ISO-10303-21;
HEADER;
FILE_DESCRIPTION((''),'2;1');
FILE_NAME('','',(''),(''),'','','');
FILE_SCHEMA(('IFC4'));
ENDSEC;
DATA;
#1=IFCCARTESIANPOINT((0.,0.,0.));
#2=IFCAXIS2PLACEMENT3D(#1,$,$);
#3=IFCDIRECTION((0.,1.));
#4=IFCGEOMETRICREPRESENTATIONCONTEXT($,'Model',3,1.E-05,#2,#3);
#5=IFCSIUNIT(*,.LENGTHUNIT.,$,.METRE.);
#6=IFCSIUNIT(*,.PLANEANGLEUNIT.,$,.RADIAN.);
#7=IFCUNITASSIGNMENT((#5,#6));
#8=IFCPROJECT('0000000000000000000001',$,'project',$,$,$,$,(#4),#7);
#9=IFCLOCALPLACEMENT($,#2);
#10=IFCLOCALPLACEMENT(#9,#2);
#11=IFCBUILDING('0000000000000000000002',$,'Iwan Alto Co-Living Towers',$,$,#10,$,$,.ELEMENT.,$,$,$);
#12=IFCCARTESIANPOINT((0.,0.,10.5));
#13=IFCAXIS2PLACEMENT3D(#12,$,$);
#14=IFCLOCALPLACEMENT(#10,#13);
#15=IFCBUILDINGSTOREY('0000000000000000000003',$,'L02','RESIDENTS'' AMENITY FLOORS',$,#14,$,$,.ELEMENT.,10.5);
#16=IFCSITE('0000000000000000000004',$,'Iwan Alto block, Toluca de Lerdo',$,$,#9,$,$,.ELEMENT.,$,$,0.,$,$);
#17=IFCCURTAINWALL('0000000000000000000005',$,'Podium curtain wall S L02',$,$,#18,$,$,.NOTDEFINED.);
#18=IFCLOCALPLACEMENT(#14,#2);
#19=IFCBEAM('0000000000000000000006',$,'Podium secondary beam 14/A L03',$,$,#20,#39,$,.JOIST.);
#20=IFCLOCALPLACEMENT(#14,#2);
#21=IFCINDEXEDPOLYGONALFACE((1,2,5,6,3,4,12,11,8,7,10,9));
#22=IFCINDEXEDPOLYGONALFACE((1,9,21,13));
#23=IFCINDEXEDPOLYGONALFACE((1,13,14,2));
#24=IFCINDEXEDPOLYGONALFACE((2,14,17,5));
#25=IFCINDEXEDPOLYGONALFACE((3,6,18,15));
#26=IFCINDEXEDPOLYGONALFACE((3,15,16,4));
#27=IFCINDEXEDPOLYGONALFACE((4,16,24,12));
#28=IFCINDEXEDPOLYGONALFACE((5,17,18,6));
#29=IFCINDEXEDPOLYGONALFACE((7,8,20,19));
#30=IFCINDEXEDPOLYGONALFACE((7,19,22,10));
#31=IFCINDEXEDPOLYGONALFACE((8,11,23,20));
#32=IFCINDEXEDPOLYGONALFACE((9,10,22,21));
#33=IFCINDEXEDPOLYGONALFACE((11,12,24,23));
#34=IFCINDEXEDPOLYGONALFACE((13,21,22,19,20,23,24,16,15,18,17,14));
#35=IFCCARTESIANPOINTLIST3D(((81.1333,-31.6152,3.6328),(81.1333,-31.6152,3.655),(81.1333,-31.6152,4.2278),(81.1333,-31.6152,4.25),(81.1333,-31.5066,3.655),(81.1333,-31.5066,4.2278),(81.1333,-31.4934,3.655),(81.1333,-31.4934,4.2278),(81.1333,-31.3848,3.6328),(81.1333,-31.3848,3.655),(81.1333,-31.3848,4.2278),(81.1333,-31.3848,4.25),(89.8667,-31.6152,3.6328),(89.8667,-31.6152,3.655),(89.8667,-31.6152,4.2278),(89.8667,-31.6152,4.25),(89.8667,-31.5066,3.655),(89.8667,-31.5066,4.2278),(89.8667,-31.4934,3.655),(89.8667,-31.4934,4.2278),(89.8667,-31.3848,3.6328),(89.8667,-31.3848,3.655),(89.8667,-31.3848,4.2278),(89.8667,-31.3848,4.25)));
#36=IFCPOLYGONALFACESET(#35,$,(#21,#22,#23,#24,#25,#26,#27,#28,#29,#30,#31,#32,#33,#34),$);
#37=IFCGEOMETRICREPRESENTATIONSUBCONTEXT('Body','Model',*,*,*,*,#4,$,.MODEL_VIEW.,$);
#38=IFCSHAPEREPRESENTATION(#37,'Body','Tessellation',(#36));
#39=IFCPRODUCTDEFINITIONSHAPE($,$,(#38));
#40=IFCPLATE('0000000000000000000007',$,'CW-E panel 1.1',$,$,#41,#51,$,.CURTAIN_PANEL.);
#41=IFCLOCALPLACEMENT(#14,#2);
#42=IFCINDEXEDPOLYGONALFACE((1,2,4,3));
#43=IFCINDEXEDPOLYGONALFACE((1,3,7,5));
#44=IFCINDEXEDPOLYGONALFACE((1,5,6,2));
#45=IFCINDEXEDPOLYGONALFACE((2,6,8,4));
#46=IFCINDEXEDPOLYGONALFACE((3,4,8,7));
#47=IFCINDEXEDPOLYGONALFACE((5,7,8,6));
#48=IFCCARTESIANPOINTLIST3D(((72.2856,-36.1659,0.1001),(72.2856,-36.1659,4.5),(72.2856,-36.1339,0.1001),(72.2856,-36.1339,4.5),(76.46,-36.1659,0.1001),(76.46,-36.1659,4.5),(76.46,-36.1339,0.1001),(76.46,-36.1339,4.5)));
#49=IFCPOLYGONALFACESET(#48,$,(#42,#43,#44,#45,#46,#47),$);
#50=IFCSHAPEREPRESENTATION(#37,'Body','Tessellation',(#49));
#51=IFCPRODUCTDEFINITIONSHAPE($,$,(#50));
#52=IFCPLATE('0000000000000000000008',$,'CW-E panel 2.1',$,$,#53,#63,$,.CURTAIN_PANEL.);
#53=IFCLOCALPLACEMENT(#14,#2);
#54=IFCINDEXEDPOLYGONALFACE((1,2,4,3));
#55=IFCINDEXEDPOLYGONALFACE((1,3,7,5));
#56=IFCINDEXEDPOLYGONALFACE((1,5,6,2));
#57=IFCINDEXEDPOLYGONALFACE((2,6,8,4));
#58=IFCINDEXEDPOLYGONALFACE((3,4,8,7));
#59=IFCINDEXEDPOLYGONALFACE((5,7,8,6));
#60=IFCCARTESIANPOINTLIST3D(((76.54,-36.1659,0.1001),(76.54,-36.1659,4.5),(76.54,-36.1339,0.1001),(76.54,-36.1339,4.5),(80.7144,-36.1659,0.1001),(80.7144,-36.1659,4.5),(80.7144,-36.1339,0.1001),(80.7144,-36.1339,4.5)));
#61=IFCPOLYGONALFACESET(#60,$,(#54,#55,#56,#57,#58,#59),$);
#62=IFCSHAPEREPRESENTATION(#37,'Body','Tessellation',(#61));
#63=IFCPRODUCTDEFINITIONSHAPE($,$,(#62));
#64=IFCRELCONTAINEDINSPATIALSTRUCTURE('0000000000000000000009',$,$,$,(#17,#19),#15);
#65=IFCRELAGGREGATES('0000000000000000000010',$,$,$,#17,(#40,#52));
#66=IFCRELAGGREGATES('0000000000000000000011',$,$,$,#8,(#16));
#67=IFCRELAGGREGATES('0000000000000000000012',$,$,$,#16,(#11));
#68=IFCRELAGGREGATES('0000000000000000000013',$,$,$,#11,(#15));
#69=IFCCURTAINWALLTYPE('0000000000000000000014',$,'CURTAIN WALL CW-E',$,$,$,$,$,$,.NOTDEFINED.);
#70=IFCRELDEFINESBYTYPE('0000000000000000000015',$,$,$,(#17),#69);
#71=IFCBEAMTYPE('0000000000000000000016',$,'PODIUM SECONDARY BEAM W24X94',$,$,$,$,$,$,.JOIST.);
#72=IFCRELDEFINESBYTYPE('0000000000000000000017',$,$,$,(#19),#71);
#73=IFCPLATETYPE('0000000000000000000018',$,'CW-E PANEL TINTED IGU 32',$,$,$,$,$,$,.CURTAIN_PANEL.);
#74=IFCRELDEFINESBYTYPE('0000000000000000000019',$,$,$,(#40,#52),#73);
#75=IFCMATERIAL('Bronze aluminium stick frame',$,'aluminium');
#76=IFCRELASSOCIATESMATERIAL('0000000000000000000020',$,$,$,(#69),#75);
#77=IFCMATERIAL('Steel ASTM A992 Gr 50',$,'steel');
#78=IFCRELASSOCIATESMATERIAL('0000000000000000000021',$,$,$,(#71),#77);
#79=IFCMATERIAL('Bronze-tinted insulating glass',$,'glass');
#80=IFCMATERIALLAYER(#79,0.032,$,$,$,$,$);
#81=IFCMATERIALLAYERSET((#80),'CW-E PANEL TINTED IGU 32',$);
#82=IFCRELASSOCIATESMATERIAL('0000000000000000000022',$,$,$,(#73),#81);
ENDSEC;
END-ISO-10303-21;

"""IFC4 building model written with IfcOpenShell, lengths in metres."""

from ifc_helpers import new_model, si_unit, direction, frame, origin, origin_2d, place, context, subcontext, project, spatial, rectangle, i_section, extrude, material, layer, layer_set, material_profile, profile_set, type_object, element, aggregate, save


model = new_model("IFC4")

# Units and contexts
model_context = context("Model", 3, precision=1e-05, world=origin(), true_north=direction((0.0, 1.0)))
body_context = subcontext(model_context, "Body", "Model", "MODEL_VIEW")
ifc_project = project(units=[si_unit("LENGTHUNIT", "METRE"), si_unit("PLANEANGLEUNIT", "RADIAN")], contexts=[model_context])

# Site, building, storey
site_placement = place(None, origin())
site = spatial("IfcSite", under=ifc_project, at=site_placement, Name="Iwan Alto block, Toluca de Lerdo", CompositionType="ELEMENT", RefElevation=0.0)
building_placement = place(site_placement, origin())
building = spatial("IfcBuilding", under=site, at=building_placement, Name="Iwan Alto Co-Living Towers", CompositionType="ELEMENT")
storey_placement = place(building_placement, frame((0.0, 0.0, 10.5)))
storey = spatial("IfcBuildingStorey", under=building, at=storey_placement, Name="L02", Description="RESIDENTS' AMENITY FLOORS", CompositionType="ELEMENT", Elevation=10.5)

# Curtain wall
ifc_material_1 = material(Name="Bronze aluminium stick frame", Category="aluminium")
curtain_wall_type = type_object("IfcCurtainWallType", Name="CURTAIN WALL CW-E", PredefinedType="NOTDEFINED", material=ifc_material_1)
curtain_wall_placement = place(storey_placement, origin())
curtain_wall = element("IfcCurtainWall", 1, at=curtain_wall_placement, inside=storey, type_object=curtain_wall_type, Name="Podium curtain wall S L02", PredefinedType="NOTDEFINED")

# Beam
ifc_material_2 = material(Name="Steel ASTM A992 Gr 50", Category="steel")
ifc_material_profile_1 = material_profile(ifc_material_2, i_section(OverallWidth=0.2305, OverallDepth=0.6172, WebThickness=0.0132, FlangeThickness=0.0222, at=origin_2d()), Name="W24X94")
ifc_profile_set_1 = profile_set([ifc_material_profile_1], Name="Steel ASTM A992 Gr 50")
beam_type_1 = type_object("IfcBeamType", Name="PODIUM SECONDARY BEAM W24X94", PredefinedType="JOIST", material=ifc_profile_set_1)
beam_placement = place(storey_placement, frame((81.1333, -31.5, 3.9414), z_axis=(1.0, 0.0, 0.0), x_axis=(0.0, 1.0, 0.0)))
element("IfcBeam", 2, at=beam_placement, inside=storey, type_object=beam_type_1, Name="Podium secondary beam 14/A L03", PredefinedType="JOIST", context=body_context, shape_type="SweptSolid", body=[
    extrude(i_section(OverallWidth=0.2305, OverallDepth=0.6172, WebThickness=0.0132, FlangeThickness=0.0222, at=origin_2d()), origin(), (0.0, 0.0, 1.0), 8.7334),
])

# Plates
ifc_material_3 = material(Name="Bronze-tinted insulating glass", Category="glass")
ifc_layer = layer(ifc_material_3, 0.032)
ifc_layer_set = layer_set([ifc_layer], Name="CW-E PANEL TINTED IGU 32")
plate_type = type_object("IfcPlateType", Name="CW-E PANEL TINTED IGU 32", PredefinedType="CURTAIN_PANEL", material=ifc_layer_set)
plate_1_placement = place(storey_placement, frame((74.3728, -36.1499, 0.1001), z_axis=(0.0, 0.0, 1.0), x_axis=(1.0, 0.0, 0.0)))
plate_1 = element("IfcPlate", 3, at=plate_1_placement, type_object=plate_type, Name="CW-E panel 1.1", PredefinedType="CURTAIN_PANEL", context=body_context, shape_type="SweptSolid", body=[
    extrude(rectangle(XDim=4.1743, YDim=0.032, at=origin_2d()), origin(), (0.0, 0.0, 1.0), 4.3999),
])
plate_2_placement = place(storey_placement, frame((78.6272, -36.1499, 0.1001), z_axis=(0.0, 0.0, 1.0), x_axis=(1.0, 0.0, 0.0)))
plate_2 = element("IfcPlate", 4, at=plate_2_placement, type_object=plate_type, Name="CW-E panel 2.1", PredefinedType="CURTAIN_PANEL", context=body_context, shape_type="SweptSolid", body=[
    extrude(rectangle(XDim=4.1743, YDim=0.032, at=origin_2d()), origin(), (0.0, 0.0, 1.0), 4.3999),
])
aggregate(curtain_wall, [plate_1, plate_2])

save(model, "model.ifc")
